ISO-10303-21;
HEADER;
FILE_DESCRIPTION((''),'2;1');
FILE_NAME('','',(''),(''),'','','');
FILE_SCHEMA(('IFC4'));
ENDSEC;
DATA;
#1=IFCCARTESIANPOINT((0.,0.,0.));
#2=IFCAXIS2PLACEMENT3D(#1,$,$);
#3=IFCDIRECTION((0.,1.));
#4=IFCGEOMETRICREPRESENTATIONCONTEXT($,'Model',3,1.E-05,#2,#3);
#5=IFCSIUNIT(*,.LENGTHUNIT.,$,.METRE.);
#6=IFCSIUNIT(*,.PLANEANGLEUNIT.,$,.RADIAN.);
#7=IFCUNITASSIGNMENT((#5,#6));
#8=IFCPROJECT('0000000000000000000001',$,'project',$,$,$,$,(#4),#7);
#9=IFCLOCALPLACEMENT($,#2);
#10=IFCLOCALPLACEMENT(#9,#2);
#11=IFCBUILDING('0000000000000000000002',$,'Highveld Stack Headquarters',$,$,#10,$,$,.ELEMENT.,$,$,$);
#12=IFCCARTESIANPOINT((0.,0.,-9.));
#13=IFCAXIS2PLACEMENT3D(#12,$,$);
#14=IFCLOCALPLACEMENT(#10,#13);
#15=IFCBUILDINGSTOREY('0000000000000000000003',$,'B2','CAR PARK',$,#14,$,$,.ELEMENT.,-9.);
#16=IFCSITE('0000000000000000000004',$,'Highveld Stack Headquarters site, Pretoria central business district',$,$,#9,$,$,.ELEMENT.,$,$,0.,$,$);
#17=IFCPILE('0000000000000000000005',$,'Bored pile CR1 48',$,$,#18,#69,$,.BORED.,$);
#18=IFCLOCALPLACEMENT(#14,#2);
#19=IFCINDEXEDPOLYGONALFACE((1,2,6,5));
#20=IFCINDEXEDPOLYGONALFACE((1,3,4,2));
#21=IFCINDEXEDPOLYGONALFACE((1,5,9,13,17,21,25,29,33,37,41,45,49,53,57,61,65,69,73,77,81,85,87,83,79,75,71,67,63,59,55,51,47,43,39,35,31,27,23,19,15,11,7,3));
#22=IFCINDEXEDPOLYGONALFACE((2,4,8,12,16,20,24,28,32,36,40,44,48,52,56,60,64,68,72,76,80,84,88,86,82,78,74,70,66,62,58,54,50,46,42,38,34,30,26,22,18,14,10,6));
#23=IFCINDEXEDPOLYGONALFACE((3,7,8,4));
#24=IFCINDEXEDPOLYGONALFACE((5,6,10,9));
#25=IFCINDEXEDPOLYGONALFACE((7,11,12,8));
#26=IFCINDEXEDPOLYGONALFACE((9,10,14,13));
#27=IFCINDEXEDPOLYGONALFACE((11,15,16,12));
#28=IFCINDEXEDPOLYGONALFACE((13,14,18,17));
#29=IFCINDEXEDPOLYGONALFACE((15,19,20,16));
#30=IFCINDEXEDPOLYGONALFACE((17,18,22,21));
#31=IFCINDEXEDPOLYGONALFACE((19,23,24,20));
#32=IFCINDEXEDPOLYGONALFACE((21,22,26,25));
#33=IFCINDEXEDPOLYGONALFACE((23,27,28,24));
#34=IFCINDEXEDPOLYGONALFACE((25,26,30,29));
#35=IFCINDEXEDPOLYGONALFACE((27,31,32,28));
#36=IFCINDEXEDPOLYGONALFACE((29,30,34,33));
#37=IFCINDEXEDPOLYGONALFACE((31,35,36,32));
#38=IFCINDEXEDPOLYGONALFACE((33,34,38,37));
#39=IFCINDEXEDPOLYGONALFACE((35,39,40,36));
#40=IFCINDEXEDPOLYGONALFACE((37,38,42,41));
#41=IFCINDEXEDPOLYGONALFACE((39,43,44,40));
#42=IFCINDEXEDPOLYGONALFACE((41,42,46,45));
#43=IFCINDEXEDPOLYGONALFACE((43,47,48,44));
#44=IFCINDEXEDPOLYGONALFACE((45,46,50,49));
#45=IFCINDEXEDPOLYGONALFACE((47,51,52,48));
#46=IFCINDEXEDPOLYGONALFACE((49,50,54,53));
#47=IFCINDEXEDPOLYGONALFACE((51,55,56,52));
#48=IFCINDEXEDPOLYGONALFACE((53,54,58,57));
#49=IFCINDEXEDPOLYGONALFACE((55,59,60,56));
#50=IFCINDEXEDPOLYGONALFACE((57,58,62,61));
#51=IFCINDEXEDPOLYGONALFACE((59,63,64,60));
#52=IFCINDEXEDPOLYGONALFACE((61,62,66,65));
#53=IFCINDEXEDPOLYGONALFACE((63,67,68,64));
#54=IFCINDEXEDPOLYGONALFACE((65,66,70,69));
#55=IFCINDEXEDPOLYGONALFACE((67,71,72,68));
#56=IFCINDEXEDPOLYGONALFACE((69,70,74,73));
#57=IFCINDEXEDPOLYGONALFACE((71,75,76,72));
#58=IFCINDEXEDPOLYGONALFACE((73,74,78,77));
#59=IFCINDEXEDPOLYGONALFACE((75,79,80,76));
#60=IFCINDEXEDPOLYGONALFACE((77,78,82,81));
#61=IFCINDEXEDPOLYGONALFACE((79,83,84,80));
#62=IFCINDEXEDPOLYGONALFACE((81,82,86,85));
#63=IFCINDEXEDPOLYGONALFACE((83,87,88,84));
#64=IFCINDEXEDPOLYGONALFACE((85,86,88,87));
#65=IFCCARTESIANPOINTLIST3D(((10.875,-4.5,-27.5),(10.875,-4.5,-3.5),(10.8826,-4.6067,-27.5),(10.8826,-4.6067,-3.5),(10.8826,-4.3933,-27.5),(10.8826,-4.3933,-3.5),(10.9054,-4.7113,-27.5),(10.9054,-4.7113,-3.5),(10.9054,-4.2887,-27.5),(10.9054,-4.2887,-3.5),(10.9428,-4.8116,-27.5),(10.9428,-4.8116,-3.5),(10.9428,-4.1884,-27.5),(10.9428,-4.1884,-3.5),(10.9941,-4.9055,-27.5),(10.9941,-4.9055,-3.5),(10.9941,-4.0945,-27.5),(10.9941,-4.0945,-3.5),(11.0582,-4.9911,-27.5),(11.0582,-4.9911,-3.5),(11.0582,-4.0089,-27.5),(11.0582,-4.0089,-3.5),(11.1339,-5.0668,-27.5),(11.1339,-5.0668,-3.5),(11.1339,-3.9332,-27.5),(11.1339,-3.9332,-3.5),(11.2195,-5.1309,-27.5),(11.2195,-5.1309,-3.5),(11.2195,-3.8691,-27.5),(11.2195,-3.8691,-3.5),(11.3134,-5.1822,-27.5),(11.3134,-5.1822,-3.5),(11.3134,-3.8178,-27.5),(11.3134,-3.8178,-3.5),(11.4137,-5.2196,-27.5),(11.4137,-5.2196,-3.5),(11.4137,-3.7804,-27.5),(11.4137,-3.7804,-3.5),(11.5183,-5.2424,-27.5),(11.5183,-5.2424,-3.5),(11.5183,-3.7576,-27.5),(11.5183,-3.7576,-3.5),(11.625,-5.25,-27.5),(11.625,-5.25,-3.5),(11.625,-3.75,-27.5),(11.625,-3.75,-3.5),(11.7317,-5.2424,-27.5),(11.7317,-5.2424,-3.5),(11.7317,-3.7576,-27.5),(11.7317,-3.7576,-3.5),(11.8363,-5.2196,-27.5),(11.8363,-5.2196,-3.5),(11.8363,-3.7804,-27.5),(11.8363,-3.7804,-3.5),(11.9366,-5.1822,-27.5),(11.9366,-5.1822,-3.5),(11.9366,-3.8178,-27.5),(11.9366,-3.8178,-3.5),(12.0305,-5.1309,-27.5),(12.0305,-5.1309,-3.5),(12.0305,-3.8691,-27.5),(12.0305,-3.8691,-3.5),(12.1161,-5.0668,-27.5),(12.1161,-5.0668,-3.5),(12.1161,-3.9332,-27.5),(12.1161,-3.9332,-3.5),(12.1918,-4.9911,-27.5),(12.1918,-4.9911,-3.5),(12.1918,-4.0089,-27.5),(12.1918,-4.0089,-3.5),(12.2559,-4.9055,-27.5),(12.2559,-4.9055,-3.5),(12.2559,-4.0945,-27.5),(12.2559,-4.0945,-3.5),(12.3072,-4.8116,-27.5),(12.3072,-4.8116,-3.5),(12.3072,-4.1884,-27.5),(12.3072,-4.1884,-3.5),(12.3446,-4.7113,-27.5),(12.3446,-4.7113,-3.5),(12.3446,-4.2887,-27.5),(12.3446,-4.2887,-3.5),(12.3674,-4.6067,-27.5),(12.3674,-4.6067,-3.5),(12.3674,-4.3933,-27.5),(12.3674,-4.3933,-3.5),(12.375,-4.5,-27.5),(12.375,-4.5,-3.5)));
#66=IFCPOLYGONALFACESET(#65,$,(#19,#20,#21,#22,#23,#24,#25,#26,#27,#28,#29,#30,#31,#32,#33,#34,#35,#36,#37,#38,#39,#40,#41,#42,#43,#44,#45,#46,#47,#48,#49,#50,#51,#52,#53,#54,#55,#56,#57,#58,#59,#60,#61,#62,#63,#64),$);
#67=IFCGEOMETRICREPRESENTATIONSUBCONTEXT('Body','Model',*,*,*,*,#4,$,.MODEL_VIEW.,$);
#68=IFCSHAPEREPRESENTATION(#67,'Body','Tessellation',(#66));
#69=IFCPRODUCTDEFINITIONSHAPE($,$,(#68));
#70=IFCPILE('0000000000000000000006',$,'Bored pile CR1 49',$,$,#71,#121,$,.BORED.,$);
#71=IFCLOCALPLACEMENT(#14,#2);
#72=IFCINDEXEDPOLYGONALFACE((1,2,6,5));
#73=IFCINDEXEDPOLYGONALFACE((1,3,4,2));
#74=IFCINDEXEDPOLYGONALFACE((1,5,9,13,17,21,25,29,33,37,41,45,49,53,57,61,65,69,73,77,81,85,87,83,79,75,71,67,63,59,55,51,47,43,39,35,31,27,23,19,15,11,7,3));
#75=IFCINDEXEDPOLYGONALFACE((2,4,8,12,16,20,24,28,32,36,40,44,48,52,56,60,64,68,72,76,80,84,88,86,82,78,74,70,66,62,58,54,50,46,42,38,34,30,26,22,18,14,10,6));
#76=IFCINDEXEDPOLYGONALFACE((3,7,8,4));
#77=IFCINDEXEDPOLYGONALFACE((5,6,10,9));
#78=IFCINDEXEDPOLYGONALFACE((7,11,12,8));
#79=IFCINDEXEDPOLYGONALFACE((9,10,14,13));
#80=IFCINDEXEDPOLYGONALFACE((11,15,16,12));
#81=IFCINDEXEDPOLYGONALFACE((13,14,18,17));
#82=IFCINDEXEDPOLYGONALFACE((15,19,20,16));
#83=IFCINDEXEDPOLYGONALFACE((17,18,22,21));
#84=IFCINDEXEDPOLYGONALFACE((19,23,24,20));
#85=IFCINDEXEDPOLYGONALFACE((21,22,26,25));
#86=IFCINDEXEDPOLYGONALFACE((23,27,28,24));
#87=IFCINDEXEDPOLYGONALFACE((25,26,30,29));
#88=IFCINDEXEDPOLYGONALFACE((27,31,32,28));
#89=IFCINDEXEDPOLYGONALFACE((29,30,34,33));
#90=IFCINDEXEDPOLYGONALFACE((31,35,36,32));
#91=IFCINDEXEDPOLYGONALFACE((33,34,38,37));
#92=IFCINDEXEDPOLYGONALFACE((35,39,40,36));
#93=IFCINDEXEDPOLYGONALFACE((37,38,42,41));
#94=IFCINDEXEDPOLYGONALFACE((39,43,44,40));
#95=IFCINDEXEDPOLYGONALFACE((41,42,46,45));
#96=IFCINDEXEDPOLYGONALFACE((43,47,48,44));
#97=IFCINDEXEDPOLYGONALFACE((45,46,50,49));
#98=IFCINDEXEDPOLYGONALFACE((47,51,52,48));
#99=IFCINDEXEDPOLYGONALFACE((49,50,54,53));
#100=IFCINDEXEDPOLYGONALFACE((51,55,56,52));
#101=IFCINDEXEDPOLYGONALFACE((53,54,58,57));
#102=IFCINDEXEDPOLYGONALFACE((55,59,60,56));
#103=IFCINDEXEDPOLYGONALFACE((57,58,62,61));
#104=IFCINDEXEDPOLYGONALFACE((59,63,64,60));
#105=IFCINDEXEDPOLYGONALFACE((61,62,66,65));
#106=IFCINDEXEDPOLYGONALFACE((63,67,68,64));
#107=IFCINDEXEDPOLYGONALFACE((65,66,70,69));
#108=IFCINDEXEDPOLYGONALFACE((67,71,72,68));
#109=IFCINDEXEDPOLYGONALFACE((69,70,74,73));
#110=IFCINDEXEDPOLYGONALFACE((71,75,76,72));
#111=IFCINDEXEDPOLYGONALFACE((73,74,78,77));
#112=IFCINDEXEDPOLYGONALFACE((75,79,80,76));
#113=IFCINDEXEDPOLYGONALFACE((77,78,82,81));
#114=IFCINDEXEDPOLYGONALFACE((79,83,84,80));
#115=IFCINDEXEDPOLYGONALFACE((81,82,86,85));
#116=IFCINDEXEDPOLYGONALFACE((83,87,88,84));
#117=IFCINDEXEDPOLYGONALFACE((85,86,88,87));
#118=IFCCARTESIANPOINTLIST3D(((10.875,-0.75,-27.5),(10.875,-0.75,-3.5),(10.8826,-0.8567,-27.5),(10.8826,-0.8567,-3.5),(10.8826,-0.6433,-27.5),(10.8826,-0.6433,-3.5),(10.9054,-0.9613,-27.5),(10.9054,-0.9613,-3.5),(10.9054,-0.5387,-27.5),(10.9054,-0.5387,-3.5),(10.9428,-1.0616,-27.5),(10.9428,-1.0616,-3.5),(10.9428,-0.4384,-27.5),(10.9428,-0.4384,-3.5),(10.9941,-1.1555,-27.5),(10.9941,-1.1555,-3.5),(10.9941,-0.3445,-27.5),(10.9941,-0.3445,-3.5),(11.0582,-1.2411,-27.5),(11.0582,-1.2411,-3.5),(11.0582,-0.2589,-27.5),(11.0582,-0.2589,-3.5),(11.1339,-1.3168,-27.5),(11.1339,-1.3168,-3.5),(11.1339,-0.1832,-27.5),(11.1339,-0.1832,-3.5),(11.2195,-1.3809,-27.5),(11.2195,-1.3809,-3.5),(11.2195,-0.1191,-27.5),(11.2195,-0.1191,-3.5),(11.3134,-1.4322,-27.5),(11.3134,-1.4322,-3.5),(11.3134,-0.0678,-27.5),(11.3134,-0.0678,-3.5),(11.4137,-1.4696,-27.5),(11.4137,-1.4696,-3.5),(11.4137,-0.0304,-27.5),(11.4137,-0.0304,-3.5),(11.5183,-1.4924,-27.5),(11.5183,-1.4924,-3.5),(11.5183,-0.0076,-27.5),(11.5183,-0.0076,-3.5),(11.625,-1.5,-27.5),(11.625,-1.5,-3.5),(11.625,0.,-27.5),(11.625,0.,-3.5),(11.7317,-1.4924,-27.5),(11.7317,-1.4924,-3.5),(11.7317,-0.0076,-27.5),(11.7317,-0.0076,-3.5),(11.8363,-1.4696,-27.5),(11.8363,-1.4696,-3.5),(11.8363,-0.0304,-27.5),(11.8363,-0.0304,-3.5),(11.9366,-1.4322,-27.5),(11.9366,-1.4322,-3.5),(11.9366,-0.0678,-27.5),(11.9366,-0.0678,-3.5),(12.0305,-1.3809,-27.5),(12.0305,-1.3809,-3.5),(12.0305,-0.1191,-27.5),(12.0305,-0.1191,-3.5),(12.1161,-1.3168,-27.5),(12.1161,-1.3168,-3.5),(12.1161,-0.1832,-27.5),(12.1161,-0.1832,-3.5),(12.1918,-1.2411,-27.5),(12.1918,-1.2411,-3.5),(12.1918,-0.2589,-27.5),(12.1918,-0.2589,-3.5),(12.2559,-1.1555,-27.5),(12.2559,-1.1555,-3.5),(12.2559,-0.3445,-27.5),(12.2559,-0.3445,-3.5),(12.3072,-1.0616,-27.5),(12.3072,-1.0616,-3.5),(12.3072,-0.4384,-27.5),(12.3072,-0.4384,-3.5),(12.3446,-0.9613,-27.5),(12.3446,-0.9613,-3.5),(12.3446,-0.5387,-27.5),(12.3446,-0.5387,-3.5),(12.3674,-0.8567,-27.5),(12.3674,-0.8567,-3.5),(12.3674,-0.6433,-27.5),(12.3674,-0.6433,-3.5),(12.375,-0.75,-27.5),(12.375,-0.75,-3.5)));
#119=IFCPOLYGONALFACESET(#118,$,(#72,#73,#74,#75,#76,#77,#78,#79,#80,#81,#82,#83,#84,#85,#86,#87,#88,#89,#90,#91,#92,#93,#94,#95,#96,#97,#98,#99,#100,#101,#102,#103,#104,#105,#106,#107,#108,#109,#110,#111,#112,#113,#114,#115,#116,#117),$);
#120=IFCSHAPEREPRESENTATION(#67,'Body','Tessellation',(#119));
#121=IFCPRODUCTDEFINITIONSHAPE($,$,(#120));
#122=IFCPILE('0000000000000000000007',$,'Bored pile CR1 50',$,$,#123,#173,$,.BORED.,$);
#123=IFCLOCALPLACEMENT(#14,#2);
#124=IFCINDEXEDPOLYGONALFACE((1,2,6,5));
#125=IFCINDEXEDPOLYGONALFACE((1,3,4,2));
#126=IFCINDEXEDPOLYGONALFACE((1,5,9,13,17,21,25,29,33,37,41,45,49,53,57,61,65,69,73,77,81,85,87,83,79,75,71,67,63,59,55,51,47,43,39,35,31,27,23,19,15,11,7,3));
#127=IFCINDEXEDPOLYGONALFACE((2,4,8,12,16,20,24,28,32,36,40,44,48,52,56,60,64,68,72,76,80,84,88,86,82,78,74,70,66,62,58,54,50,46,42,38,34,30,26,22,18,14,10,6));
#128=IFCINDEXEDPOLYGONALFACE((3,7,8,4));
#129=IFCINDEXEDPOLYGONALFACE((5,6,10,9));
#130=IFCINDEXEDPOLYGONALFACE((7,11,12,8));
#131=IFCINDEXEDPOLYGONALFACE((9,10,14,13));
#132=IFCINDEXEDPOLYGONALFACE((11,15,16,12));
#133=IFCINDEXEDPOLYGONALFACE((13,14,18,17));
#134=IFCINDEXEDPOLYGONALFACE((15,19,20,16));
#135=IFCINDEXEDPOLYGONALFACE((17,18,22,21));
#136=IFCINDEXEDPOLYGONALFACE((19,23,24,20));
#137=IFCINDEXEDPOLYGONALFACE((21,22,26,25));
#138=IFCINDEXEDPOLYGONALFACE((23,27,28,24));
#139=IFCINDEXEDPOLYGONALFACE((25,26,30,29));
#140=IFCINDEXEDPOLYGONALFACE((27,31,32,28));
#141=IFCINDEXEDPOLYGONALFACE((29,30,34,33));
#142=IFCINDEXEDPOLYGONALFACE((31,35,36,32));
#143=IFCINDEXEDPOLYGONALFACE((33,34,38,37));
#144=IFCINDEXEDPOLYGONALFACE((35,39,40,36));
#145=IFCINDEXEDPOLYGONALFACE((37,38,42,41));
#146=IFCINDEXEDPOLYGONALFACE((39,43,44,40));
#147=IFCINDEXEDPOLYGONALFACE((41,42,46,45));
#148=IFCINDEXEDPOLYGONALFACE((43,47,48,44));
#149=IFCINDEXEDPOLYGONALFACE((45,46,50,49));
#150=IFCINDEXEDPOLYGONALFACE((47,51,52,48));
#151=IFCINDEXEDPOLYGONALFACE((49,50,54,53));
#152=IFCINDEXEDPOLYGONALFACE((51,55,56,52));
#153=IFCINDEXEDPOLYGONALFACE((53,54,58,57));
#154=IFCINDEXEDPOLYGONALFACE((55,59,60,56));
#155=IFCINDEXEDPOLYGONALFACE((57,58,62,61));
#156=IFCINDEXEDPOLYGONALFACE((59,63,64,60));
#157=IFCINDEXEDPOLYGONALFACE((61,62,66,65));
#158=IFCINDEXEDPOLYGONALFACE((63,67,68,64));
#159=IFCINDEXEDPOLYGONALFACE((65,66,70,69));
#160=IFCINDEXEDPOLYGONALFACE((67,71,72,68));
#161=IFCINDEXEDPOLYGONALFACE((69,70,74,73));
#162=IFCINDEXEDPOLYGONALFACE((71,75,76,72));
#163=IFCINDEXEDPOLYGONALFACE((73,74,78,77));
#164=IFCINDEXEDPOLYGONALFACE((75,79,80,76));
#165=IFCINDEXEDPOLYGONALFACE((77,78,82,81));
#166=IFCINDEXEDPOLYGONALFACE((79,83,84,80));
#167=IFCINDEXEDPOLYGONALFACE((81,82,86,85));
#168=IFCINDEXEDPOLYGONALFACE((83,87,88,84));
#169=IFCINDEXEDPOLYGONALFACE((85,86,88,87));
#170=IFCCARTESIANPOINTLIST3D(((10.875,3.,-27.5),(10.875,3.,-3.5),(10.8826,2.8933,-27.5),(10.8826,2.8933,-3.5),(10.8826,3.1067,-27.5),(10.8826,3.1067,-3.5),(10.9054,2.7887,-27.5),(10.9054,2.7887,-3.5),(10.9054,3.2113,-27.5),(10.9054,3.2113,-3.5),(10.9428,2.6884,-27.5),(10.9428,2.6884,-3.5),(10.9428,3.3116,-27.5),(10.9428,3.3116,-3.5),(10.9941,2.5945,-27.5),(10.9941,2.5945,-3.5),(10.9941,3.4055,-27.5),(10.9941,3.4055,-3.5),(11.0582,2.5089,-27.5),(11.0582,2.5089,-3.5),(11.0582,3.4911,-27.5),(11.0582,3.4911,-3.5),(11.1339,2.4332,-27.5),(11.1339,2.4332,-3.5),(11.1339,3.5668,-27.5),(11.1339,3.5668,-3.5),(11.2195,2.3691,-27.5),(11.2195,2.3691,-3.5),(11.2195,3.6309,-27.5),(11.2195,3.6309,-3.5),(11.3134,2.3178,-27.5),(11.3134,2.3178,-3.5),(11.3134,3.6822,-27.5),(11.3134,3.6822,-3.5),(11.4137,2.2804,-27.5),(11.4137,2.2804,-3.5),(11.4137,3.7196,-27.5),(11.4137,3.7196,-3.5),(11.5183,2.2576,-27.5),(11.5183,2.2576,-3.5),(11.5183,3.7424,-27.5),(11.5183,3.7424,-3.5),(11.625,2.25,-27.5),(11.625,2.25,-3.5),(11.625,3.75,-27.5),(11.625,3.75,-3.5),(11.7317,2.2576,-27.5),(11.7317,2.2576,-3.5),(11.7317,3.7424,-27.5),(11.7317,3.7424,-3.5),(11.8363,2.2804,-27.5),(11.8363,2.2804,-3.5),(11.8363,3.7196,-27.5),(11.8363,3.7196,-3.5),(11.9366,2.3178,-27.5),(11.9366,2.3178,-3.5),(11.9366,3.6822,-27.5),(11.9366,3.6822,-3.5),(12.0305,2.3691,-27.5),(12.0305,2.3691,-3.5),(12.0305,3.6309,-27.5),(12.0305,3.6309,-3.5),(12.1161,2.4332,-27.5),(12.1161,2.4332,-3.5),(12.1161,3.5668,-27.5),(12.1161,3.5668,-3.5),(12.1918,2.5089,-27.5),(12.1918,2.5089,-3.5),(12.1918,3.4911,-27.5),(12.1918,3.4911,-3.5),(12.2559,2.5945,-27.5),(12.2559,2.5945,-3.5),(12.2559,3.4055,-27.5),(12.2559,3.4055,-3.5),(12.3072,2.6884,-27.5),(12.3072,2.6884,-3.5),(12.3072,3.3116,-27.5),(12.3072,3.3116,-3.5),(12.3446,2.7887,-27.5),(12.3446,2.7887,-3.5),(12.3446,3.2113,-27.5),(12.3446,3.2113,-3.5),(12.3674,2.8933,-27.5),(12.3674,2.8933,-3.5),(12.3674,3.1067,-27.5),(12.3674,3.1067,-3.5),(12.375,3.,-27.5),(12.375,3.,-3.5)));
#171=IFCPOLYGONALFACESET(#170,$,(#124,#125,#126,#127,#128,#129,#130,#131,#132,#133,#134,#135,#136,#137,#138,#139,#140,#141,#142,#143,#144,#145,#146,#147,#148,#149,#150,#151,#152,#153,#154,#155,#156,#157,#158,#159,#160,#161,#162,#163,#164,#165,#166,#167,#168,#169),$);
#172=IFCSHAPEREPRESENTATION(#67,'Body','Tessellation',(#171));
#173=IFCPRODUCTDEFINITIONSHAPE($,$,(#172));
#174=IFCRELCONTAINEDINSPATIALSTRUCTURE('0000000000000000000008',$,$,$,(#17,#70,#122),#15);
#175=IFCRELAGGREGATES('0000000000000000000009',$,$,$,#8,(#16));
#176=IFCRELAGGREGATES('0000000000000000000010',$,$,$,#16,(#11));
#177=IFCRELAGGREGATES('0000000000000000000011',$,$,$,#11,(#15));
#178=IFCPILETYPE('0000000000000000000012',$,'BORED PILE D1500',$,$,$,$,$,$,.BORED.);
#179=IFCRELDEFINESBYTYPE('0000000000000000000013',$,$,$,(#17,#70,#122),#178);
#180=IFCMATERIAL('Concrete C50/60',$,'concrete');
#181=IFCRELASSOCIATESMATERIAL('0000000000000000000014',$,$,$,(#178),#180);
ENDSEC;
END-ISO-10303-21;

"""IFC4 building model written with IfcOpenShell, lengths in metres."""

from ifc_helpers import new_model, si_unit, direction, frame, origin, origin_2d, place, context, subcontext, project, spatial, circle, extrude, material, type_object, element, save


model = new_model("IFC4")

# Units and contexts
model_context = context("Model", 3, precision=1e-05, world=origin(), true_north=direction((0.0, 1.0)))
body_context = subcontext(model_context, "Body", "Model", "MODEL_VIEW")
ifc_project = project(units=[si_unit("LENGTHUNIT", "METRE"), si_unit("PLANEANGLEUNIT", "RADIAN")], contexts=[model_context])

# Site, building, storey
site_placement = place(None, origin())
site = spatial("IfcSite", under=ifc_project, at=site_placement, Name="Highveld Stack Headquarters site, Pretoria central business district", CompositionType="ELEMENT", RefElevation=0.0)
building_placement = place(site_placement, origin())
building = spatial("IfcBuilding", under=site, at=building_placement, Name="Highveld Stack Headquarters", CompositionType="ELEMENT")
storey_placement = place(building_placement, frame((0.0, 0.0, -9.0)))
storey = spatial("IfcBuildingStorey", under=building, at=storey_placement, Name="B2", Description="CAR PARK", CompositionType="ELEMENT", Elevation=-9.0)

# Piles
ifc_material_1 = material(Name="Concrete C50/60", Category="concrete")
pile_type = type_object("IfcPileType", Name="BORED PILE D1500", PredefinedType="BORED", material=ifc_material_1)
for number, where, z_axis, x_axis, name in (
    (1, (11.625, -4.5, -3.5), (0.0, 0.0, -1.0), (1.0, 0.0, 0.0), "Bored pile CR1 48"),
    (2, (11.625, -0.75, -3.5), (0.0, 0.0, -1.0), (1.0, 0.0, 0.0), "Bored pile CR1 49"),
    (3, (11.625, 3.0, -3.5), (0.0, 0.0, -1.0), (1.0, 0.0, 0.0), "Bored pile CR1 50"),
):
    element("IfcPile", number, at=place(storey_placement, frame(where, z_axis=z_axis, x_axis=x_axis)), inside=storey, type_object=pile_type, Name=name, PredefinedType="BORED", context=body_context, shape_type="SweptSolid", body=[
        extrude(circle(Radius=0.75, at=origin_2d()), origin(), (0.0, 0.0, 1.0), 24.0),
    ])

save(model, "model.ifc")
